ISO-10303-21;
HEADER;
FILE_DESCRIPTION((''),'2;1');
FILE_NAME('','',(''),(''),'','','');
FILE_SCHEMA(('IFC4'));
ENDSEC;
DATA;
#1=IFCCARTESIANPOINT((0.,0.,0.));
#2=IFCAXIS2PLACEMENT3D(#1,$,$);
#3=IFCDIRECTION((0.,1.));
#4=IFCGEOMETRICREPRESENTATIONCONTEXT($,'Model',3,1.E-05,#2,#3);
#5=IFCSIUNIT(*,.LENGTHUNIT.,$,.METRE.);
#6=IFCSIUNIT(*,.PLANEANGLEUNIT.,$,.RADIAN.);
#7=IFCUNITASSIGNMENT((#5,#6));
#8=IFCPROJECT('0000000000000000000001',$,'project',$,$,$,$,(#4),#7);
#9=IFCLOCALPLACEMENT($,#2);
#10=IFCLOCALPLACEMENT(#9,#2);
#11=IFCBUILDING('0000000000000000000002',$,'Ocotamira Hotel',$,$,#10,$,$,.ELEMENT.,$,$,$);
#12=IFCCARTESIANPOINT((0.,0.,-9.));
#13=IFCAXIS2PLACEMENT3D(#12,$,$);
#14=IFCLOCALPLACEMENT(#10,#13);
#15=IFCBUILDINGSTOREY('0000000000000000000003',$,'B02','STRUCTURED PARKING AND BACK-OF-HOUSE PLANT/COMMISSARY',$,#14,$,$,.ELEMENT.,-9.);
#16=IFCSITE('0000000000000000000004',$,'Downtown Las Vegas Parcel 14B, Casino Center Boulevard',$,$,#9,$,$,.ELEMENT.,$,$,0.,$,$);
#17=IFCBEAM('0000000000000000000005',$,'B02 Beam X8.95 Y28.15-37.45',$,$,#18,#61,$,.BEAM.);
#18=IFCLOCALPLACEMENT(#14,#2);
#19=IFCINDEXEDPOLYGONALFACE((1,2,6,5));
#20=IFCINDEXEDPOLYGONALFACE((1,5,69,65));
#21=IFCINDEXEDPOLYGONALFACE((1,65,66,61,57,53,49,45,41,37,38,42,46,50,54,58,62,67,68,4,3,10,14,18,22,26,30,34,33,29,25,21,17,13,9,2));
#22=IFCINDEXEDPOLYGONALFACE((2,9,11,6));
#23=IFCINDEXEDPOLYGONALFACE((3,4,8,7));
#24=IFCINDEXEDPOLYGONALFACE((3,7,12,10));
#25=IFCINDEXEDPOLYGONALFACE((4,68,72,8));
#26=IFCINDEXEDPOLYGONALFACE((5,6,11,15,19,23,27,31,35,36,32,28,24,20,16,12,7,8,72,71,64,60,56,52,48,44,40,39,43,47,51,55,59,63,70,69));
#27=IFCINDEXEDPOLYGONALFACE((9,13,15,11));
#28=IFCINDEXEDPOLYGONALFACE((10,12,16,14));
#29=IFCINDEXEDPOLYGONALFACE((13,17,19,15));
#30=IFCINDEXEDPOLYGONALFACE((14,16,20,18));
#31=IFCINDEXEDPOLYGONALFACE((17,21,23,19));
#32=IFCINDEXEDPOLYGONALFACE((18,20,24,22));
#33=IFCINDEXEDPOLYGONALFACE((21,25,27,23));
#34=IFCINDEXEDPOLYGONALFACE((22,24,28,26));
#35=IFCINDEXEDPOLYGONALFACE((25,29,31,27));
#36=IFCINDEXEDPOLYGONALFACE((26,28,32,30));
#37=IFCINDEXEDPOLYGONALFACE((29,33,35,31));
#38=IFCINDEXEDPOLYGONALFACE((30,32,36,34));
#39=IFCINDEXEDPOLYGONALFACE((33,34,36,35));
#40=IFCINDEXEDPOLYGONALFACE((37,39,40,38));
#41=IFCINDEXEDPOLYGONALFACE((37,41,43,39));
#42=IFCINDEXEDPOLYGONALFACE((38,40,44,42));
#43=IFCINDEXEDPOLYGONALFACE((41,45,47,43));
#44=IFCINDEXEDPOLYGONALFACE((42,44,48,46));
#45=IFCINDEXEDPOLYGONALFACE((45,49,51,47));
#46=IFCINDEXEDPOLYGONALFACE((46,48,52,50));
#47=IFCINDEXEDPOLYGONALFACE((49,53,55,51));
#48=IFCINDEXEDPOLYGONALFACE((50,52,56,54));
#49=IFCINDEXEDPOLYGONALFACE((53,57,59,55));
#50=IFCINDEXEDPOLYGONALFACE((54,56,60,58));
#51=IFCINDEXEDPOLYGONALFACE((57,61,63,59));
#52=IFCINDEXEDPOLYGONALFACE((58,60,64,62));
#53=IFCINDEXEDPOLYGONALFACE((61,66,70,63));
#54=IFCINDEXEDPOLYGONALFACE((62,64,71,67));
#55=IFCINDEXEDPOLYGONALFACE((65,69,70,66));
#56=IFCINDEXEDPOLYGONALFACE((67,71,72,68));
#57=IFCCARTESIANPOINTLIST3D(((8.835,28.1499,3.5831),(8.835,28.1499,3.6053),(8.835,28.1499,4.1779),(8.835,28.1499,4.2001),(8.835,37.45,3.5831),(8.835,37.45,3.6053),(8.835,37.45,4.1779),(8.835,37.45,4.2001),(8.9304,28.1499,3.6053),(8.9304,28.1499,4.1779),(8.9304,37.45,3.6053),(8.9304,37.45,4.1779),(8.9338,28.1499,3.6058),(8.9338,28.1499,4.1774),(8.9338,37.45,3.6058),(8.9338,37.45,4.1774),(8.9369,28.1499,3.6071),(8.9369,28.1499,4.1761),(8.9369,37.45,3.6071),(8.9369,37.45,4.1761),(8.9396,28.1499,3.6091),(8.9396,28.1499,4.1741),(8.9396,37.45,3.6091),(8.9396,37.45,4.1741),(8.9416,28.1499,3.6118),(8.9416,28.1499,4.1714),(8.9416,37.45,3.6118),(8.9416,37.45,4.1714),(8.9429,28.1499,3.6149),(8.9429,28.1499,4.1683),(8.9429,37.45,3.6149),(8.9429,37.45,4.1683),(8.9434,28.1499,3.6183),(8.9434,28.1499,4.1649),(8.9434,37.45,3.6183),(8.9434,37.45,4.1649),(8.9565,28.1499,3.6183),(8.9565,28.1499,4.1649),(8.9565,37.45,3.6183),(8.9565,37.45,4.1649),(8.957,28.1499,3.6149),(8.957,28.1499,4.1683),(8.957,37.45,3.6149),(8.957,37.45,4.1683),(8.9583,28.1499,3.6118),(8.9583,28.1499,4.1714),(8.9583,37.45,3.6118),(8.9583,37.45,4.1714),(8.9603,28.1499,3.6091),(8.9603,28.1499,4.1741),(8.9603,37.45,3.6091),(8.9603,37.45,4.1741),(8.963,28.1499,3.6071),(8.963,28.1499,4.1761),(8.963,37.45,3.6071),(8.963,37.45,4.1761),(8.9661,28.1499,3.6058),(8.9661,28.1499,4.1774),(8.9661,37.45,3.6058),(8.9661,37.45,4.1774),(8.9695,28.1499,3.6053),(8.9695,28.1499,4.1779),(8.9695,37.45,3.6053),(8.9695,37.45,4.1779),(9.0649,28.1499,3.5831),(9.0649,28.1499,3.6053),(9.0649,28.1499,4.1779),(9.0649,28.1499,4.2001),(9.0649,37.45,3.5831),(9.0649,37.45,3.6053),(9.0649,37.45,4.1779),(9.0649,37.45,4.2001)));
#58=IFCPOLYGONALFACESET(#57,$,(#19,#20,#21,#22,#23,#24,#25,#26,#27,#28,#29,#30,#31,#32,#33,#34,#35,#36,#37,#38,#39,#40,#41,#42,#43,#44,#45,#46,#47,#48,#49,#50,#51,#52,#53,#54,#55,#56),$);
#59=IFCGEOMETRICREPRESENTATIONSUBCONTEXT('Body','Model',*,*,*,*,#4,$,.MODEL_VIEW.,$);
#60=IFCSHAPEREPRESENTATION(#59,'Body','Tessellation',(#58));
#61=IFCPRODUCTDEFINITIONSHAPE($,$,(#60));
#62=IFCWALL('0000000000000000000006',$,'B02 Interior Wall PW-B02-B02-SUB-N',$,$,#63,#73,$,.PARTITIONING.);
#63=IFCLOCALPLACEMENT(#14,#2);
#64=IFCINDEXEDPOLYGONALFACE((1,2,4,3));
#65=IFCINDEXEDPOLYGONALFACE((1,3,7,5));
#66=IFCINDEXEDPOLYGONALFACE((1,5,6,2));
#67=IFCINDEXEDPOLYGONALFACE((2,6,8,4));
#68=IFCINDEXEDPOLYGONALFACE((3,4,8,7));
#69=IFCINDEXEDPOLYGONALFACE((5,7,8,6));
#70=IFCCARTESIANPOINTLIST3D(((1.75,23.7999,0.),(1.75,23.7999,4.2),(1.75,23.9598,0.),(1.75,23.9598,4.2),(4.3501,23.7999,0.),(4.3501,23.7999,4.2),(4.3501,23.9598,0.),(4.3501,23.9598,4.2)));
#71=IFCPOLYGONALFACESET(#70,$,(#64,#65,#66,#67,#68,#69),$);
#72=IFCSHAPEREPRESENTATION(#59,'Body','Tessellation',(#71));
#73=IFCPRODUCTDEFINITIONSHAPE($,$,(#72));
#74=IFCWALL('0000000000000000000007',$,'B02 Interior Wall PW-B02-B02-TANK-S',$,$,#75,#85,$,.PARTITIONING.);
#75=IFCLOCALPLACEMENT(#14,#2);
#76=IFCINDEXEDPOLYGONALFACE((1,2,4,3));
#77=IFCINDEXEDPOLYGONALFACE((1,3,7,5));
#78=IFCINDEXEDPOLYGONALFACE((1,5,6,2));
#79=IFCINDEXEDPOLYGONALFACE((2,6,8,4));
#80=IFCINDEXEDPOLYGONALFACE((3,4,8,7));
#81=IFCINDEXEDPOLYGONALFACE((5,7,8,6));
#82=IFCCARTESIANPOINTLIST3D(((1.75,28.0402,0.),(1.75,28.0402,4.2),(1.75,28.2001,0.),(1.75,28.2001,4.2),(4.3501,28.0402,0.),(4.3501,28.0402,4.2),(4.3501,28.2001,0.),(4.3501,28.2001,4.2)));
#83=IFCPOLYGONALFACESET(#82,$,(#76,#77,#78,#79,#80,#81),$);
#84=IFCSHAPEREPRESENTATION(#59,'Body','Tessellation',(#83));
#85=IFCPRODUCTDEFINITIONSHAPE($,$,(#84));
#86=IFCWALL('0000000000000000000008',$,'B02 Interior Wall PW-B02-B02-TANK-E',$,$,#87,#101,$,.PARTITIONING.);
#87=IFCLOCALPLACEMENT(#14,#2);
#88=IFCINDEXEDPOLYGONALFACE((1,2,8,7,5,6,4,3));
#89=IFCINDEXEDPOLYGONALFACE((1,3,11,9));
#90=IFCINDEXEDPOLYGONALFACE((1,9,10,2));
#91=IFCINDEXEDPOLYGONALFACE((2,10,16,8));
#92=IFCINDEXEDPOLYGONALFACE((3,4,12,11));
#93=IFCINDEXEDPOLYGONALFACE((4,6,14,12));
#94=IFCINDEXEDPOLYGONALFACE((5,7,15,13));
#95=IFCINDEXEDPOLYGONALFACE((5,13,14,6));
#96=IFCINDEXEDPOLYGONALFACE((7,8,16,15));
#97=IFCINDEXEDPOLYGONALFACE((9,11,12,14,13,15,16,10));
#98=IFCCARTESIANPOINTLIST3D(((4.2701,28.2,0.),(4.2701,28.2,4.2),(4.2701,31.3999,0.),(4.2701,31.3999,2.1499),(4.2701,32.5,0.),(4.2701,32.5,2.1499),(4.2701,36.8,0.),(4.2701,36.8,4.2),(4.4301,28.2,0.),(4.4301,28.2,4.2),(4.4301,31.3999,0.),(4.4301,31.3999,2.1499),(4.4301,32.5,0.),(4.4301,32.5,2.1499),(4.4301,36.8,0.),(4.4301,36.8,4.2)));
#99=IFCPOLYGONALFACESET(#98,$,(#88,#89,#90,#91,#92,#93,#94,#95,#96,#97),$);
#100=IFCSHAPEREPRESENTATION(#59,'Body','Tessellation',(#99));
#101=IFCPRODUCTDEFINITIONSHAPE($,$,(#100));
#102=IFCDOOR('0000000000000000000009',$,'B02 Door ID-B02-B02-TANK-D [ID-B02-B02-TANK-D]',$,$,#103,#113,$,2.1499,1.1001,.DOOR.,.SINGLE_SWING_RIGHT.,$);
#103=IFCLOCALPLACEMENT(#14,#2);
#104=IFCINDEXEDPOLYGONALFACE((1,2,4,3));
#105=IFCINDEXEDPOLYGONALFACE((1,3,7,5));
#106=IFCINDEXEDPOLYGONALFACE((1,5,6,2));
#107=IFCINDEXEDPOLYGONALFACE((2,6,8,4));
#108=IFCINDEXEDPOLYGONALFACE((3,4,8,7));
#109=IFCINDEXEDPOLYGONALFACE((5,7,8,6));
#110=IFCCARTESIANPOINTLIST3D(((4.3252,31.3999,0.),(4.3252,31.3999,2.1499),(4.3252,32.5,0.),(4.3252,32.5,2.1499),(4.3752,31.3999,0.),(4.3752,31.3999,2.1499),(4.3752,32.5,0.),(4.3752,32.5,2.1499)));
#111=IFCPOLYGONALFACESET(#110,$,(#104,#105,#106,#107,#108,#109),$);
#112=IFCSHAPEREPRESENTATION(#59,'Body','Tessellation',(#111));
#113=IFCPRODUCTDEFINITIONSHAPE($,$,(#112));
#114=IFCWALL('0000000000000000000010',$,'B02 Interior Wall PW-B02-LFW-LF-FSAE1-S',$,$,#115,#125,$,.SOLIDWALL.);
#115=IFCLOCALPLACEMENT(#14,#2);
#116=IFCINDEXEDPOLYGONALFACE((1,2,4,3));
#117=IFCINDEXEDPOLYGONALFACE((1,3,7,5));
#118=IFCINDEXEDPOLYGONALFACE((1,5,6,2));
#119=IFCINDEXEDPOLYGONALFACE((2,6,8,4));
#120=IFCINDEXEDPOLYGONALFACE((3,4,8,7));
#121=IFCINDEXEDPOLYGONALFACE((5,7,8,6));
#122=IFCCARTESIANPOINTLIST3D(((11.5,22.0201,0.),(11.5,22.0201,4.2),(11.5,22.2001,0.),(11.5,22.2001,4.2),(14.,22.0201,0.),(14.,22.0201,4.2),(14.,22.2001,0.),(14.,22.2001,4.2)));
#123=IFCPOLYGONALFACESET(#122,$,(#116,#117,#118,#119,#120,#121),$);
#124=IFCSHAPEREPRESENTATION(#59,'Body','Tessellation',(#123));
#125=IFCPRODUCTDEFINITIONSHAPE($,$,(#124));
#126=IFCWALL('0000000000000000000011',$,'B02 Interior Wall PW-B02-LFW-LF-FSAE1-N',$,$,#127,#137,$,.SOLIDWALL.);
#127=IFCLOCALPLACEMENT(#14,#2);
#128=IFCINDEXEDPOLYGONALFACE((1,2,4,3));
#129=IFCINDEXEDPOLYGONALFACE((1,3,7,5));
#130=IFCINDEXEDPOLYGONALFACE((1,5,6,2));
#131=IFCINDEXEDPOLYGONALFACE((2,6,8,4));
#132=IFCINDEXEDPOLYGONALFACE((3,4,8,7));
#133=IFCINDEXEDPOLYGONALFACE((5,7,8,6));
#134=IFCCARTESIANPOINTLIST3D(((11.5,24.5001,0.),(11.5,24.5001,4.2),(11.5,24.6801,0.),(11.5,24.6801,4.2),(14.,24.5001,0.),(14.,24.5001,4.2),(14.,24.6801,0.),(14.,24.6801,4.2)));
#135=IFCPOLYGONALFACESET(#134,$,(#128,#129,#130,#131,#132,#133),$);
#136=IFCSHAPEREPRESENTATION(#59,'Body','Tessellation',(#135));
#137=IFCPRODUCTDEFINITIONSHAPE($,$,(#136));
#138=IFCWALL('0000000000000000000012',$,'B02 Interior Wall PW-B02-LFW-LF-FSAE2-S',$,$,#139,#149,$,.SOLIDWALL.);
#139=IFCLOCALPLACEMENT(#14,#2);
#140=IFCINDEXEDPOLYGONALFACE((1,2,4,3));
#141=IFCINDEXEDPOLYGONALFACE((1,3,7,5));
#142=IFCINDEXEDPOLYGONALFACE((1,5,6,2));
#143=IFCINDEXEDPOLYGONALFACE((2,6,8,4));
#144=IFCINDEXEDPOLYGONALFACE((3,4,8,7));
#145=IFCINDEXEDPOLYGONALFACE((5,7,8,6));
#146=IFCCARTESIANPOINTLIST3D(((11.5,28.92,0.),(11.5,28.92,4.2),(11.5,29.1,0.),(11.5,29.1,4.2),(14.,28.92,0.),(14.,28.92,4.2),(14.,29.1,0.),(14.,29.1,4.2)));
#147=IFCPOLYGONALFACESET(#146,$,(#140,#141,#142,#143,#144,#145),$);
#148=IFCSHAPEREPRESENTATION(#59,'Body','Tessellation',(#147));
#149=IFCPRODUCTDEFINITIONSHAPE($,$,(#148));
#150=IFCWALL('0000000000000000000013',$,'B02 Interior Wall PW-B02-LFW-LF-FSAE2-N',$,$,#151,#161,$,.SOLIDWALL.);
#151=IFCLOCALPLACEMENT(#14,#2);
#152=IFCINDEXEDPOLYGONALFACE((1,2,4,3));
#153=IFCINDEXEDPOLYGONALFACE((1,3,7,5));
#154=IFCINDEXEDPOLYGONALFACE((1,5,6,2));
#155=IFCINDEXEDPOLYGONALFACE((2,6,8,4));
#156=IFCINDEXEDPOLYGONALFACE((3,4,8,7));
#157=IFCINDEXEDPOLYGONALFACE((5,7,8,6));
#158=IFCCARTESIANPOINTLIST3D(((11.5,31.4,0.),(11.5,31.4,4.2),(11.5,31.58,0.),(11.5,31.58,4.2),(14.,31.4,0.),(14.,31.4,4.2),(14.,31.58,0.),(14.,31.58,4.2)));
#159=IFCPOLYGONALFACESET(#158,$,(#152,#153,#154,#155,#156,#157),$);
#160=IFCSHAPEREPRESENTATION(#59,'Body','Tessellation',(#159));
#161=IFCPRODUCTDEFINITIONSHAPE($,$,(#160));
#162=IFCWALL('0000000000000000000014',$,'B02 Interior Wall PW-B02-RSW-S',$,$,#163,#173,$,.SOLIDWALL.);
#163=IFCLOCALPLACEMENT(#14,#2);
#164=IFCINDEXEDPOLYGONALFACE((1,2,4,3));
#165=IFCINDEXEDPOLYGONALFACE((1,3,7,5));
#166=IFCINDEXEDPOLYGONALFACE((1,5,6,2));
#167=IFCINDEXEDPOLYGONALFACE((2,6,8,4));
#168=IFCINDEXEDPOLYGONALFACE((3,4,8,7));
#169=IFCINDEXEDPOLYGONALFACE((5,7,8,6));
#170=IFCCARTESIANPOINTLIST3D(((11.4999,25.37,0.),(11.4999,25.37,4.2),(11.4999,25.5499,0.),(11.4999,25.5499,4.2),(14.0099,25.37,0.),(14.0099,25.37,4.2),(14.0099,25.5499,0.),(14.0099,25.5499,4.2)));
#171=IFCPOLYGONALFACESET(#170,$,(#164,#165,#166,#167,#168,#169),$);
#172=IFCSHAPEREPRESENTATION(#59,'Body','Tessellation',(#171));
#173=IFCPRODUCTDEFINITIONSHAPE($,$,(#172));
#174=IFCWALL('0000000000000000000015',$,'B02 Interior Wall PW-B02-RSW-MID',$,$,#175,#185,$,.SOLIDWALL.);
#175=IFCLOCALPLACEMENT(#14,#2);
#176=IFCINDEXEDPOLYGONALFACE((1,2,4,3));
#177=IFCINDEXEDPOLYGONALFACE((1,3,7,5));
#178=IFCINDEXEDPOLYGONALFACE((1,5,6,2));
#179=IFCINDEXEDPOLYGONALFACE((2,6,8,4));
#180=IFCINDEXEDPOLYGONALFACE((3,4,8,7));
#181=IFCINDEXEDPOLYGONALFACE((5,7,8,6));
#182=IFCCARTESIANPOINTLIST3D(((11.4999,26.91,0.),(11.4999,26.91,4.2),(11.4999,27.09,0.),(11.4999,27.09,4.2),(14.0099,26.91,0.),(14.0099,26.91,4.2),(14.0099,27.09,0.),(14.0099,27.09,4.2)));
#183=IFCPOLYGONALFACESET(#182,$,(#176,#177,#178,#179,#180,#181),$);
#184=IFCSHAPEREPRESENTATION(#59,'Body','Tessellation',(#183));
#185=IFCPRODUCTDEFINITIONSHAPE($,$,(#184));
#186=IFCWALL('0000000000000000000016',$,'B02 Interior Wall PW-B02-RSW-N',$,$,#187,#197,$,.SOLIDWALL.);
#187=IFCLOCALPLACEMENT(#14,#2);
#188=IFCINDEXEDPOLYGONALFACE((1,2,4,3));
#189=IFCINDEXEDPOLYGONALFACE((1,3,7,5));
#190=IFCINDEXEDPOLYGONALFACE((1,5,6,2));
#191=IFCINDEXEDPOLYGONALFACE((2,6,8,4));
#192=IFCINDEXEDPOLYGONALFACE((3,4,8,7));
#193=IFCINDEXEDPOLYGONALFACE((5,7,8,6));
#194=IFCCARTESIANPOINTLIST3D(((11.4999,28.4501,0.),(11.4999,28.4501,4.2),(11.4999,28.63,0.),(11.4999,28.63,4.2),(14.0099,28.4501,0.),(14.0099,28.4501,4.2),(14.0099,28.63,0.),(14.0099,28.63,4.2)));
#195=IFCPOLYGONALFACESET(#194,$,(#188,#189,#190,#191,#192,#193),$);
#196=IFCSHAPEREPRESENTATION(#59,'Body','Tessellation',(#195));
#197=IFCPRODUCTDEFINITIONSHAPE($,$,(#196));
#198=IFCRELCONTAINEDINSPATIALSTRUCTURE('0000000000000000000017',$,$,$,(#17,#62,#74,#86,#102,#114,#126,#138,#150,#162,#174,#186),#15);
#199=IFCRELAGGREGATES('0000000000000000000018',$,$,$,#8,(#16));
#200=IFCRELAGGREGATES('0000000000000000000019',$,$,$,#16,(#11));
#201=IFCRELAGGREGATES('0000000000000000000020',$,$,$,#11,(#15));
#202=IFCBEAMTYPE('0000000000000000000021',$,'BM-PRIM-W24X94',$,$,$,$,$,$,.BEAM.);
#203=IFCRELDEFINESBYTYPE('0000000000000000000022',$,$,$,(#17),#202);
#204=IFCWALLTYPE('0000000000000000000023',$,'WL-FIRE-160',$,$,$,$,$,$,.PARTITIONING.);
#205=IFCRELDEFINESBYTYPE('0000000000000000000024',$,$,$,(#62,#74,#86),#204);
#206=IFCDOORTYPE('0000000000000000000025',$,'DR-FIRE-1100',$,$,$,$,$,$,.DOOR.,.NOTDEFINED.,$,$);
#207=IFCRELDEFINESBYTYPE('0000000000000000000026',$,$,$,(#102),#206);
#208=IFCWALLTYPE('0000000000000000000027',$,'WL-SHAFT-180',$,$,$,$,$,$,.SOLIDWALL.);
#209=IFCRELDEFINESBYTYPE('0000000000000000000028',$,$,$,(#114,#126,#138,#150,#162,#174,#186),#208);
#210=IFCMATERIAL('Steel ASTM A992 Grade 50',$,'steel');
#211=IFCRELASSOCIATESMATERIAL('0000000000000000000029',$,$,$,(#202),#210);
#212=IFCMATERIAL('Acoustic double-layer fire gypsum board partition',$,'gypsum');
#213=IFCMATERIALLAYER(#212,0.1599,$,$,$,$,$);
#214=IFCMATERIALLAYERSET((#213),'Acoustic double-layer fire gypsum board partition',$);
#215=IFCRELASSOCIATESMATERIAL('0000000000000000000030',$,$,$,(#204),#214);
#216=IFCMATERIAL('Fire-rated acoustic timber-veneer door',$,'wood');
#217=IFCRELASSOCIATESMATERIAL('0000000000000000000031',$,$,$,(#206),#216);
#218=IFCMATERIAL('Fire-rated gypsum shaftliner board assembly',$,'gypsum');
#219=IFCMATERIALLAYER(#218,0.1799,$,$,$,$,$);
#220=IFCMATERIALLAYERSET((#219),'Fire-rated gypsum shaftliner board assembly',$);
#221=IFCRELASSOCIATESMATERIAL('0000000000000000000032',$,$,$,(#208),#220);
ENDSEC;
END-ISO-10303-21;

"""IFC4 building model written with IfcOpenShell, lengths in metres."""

from ifc_helpers import new_model, si_unit, direction, frame, frame_2d, origin, origin_2d, place, context, subcontext, project, spatial, rectangle, i_section, extrude, source, transform, mapped, material, layer, layer_set, material_profile, profile_set, type_object, element, fill, save


model = new_model("IFC4")

# Units and contexts
model_context = context("Model", 3, precision=1e-05, world=origin(), true_north=direction((0.0, 1.0)))
body_context = subcontext(model_context, "Body", "Model", "MODEL_VIEW")
ifc_project = project(units=[si_unit("LENGTHUNIT", "METRE"), si_unit("PLANEANGLEUNIT", "RADIAN")], contexts=[model_context])

# Site, building, storey
site_placement = place(None, origin())
site = spatial("IfcSite", under=ifc_project, at=site_placement, Name="Downtown Las Vegas Parcel 14B, Casino Center Boulevard", CompositionType="ELEMENT", RefElevation=0.0)
building_placement = place(site_placement, origin())
building = spatial("IfcBuilding", under=site, at=building_placement, Name="Ocotamira Hotel", CompositionType="ELEMENT")
storey_placement = place(building_placement, frame((0.0, 0.0, -9.0)))
storey = spatial("IfcBuildingStorey", under=building, at=storey_placement, Name="B02", Description="STRUCTURED PARKING AND BACK-OF-HOUSE PLANT/COMMISSARY", CompositionType="ELEMENT", Elevation=-9.0)

# Beam
ifc_material_1 = material(Name="Steel ASTM A992 Grade 50", Category="steel")
ifc_material_profile_1 = material_profile(ifc_material_1, i_section(OverallWidth=0.23, OverallDepth=0.6169, WebThickness=0.0132, FlangeThickness=0.0222, FilletRadius=0.0129, at=origin_2d()), Name="W24X94")
ifc_profile_set_1 = profile_set([ifc_material_profile_1], Name="Steel ASTM A992 Grade 50")
beam_type_1 = type_object("IfcBeamType", Name="BM-PRIM-W24X94", PredefinedType="BEAM", material=ifc_profile_set_1)
shared_shape_1 = source(origin(), body_context, "Body", "SweptSolid", [
    extrude(i_section(OverallWidth=0.23, OverallDepth=0.6169, WebThickness=0.0132, FlangeThickness=0.0222, FilletRadius=0.0129, at=origin_2d()), origin(), (0.0, 0.0, 1.0), 9.3),
])
beam_1_placement = place(storey_placement, frame((8.95, 28.1499, 3.8916), z_axis=(0.0, 1.0, 0.0), x_axis=(-1.0, 0.0, 0.0)))
element("IfcBeam", 1, at=beam_1_placement, inside=storey, type_object=beam_type_1, Name="B02 Beam X8.95 Y28.15-37.45", PredefinedType="BEAM", context=body_context, shape_type="MappedRepresentation", body=[
    mapped(shared_shape_1, transform((0.0, 0.0, 0.0), scale=1.0)),
])

# Walls
ifc_material_2 = material(Name="Acoustic double-layer fire gypsum board partition", Category="gypsum")
ifc_layer_1 = layer(ifc_material_2, 0.1599)
ifc_layer_set_1 = layer_set([ifc_layer_1], Name="Acoustic double-layer fire gypsum board partition")
wall_type_1 = type_object("IfcWallType", Name="WL-FIRE-160", PredefinedType="PARTITIONING", material=ifc_layer_set_1)
for number, where, z_axis, x_axis, name in (
    (2, (1.75, 23.8799, 0.0), (0.0, 0.0, 1.0), (1.0, 0.0, 0.0), "B02 Interior Wall PW-B02-B02-SUB-N"),
    (3, (1.75, 28.1201, 0.0), (0.0, 0.0, 1.0), (1.0, 0.0, 0.0), "B02 Interior Wall PW-B02-B02-TANK-S"),
):
    element("IfcWall", number, at=place(storey_placement, frame(where, z_axis=z_axis, x_axis=x_axis)), inside=storey, type_object=wall_type_1, Name=name, PredefinedType="PARTITIONING", context=body_context, shape_type="SweptSolid", body=[
        extrude(rectangle(XDim=2.6001, YDim=0.1599, at=frame_2d((1.3, 0.0))), origin(), (0.0, 0.0, 1.0), 4.2),
    ])

# Wall, opening, door
wall_1_placement = place(storey_placement, frame((4.3501, 28.2, 0.0), z_axis=(0.0, 0.0, 1.0), x_axis=(0.0, 1.0, 0.0)))
wall_1 = element("IfcWall", 4, at=wall_1_placement, inside=storey, type_object=wall_type_1, Name="B02 Interior Wall PW-B02-B02-TANK-E", PredefinedType="PARTITIONING", context=body_context, shape_type="SweptSolid", body=[
    extrude(rectangle(XDim=8.6001, YDim=0.1599, at=frame_2d((4.3, 0.0))), origin(), (0.0, 0.0, 1.0), 4.2),
])
opening_1_placement = place(wall_1_placement, frame((3.2, 0.0, 0.0)))
opening_1 = element("IfcOpeningElement", 5, at=opening_1_placement, cuts=wall_1, PredefinedType="OPENING", context=body_context, shape_type="SweptSolid", body=[
    extrude(rectangle(XDim=1.1001, YDim=2.1499, at=frame_2d((0.55, 1.075))), frame((0.0, 0.0898, 0.0), z_axis=(0.0, -1.0, 0.0), x_axis=(1.0, 0.0, 0.0)), (0.0, 0.0, 1.0), 0.1799),
])
ifc_material_3 = material(Name="Fire-rated acoustic timber-veneer door", Category="wood")
door_type_1 = type_object("IfcDoorType", Name="DR-FIRE-1100", OperationType="NOTDEFINED", PredefinedType="DOOR", material=ifc_material_3)
shared_shape_2 = source(origin(), body_context, "Body", "SweptSolid", [
    extrude(rectangle(XDim=1.1001, YDim=2.1499, at=frame_2d((0.55, 1.075))), frame((0.0, 0.0249, 0.0), z_axis=(0.0, -1.0, 0.0), x_axis=(1.0, 0.0, 0.0)), (0.0, 0.0, 1.0), 0.05),
])
door_1_placement = place(opening_1_placement, origin())
door_1 = element("IfcDoor", 6, at=door_1_placement, inside=storey, type_object=door_type_1, Name="B02 Door ID-B02-B02-TANK-D [ID-B02-B02-TANK-D]", OperationType="SINGLE_SWING_RIGHT", OverallHeight=2.1499, OverallWidth=1.1001, PredefinedType="DOOR", context=body_context, shape_type="MappedRepresentation", body=[
    mapped(shared_shape_2, transform((0.0, 0.0, 0.0), scale=1.0)),
])
fill(opening_1, door_1)

# Walls
ifc_material_4 = material(Name="Fire-rated gypsum shaftliner board assembly", Category="gypsum")
ifc_layer_2 = layer(ifc_material_4, 0.1799)
ifc_layer_set_2 = layer_set([ifc_layer_2], Name="Fire-rated gypsum shaftliner board assembly")
wall_type_2 = type_object("IfcWallType", Name="WL-SHAFT-180", PredefinedType="SOLIDWALL", material=ifc_layer_set_2)
for number, where, z_axis, x_axis, name in (
    (7, (11.5, 22.1101, 0.0), (0.0, 0.0, 1.0), (1.0, 0.0, 0.0), "B02 Interior Wall PW-B02-LFW-LF-FSAE1-S"),
    (8, (11.5, 24.5901, 0.0), (0.0, 0.0, 1.0), (1.0, 0.0, 0.0), "B02 Interior Wall PW-B02-LFW-LF-FSAE1-N"),
    (9, (11.5, 29.01, 0.0), (0.0, 0.0, 1.0), (1.0, 0.0, 0.0), "B02 Interior Wall PW-B02-LFW-LF-FSAE2-S"),
    (10, (11.5, 31.49, 0.0), (0.0, 0.0, 1.0), (1.0, 0.0, 0.0), "B02 Interior Wall PW-B02-LFW-LF-FSAE2-N"),
):
    element("IfcWall", number, at=place(storey_placement, frame(where, z_axis=z_axis, x_axis=x_axis)), inside=storey, type_object=wall_type_2, Name=name, PredefinedType="SOLIDWALL", context=body_context, shape_type="SweptSolid", body=[
        extrude(rectangle(XDim=2.5, YDim=0.1799, at=frame_2d((1.25, 0.0))), origin(), (0.0, 0.0, 1.0), 4.2),
    ])
for number, where, z_axis, x_axis, name in (
    (11, (11.5, 25.46, 0.0), (0.0, 0.0, 1.0), (1.0, 0.0, 0.0), "B02 Interior Wall PW-B02-RSW-S"),
    (12, (11.5, 27.0, 0.0), (0.0, 0.0, 1.0), (1.0, 0.0, 0.0), "B02 Interior Wall PW-B02-RSW-MID"),
    (13, (11.5, 28.54, 0.0), (0.0, 0.0, 1.0), (1.0, 0.0, 0.0), "B02 Interior Wall PW-B02-RSW-N"),
):
    element("IfcWall", number, at=place(storey_placement, frame(where, z_axis=z_axis, x_axis=x_axis)), inside=storey, type_object=wall_type_2, Name=name, PredefinedType="SOLIDWALL", context=body_context, shape_type="SweptSolid", body=[
        extrude(rectangle(XDim=2.51, YDim=0.1799, at=frame_2d((1.2549, 0.0))), origin(), (0.0, 0.0, 1.0), 4.2),
    ])

save(model, "model.ifc")
